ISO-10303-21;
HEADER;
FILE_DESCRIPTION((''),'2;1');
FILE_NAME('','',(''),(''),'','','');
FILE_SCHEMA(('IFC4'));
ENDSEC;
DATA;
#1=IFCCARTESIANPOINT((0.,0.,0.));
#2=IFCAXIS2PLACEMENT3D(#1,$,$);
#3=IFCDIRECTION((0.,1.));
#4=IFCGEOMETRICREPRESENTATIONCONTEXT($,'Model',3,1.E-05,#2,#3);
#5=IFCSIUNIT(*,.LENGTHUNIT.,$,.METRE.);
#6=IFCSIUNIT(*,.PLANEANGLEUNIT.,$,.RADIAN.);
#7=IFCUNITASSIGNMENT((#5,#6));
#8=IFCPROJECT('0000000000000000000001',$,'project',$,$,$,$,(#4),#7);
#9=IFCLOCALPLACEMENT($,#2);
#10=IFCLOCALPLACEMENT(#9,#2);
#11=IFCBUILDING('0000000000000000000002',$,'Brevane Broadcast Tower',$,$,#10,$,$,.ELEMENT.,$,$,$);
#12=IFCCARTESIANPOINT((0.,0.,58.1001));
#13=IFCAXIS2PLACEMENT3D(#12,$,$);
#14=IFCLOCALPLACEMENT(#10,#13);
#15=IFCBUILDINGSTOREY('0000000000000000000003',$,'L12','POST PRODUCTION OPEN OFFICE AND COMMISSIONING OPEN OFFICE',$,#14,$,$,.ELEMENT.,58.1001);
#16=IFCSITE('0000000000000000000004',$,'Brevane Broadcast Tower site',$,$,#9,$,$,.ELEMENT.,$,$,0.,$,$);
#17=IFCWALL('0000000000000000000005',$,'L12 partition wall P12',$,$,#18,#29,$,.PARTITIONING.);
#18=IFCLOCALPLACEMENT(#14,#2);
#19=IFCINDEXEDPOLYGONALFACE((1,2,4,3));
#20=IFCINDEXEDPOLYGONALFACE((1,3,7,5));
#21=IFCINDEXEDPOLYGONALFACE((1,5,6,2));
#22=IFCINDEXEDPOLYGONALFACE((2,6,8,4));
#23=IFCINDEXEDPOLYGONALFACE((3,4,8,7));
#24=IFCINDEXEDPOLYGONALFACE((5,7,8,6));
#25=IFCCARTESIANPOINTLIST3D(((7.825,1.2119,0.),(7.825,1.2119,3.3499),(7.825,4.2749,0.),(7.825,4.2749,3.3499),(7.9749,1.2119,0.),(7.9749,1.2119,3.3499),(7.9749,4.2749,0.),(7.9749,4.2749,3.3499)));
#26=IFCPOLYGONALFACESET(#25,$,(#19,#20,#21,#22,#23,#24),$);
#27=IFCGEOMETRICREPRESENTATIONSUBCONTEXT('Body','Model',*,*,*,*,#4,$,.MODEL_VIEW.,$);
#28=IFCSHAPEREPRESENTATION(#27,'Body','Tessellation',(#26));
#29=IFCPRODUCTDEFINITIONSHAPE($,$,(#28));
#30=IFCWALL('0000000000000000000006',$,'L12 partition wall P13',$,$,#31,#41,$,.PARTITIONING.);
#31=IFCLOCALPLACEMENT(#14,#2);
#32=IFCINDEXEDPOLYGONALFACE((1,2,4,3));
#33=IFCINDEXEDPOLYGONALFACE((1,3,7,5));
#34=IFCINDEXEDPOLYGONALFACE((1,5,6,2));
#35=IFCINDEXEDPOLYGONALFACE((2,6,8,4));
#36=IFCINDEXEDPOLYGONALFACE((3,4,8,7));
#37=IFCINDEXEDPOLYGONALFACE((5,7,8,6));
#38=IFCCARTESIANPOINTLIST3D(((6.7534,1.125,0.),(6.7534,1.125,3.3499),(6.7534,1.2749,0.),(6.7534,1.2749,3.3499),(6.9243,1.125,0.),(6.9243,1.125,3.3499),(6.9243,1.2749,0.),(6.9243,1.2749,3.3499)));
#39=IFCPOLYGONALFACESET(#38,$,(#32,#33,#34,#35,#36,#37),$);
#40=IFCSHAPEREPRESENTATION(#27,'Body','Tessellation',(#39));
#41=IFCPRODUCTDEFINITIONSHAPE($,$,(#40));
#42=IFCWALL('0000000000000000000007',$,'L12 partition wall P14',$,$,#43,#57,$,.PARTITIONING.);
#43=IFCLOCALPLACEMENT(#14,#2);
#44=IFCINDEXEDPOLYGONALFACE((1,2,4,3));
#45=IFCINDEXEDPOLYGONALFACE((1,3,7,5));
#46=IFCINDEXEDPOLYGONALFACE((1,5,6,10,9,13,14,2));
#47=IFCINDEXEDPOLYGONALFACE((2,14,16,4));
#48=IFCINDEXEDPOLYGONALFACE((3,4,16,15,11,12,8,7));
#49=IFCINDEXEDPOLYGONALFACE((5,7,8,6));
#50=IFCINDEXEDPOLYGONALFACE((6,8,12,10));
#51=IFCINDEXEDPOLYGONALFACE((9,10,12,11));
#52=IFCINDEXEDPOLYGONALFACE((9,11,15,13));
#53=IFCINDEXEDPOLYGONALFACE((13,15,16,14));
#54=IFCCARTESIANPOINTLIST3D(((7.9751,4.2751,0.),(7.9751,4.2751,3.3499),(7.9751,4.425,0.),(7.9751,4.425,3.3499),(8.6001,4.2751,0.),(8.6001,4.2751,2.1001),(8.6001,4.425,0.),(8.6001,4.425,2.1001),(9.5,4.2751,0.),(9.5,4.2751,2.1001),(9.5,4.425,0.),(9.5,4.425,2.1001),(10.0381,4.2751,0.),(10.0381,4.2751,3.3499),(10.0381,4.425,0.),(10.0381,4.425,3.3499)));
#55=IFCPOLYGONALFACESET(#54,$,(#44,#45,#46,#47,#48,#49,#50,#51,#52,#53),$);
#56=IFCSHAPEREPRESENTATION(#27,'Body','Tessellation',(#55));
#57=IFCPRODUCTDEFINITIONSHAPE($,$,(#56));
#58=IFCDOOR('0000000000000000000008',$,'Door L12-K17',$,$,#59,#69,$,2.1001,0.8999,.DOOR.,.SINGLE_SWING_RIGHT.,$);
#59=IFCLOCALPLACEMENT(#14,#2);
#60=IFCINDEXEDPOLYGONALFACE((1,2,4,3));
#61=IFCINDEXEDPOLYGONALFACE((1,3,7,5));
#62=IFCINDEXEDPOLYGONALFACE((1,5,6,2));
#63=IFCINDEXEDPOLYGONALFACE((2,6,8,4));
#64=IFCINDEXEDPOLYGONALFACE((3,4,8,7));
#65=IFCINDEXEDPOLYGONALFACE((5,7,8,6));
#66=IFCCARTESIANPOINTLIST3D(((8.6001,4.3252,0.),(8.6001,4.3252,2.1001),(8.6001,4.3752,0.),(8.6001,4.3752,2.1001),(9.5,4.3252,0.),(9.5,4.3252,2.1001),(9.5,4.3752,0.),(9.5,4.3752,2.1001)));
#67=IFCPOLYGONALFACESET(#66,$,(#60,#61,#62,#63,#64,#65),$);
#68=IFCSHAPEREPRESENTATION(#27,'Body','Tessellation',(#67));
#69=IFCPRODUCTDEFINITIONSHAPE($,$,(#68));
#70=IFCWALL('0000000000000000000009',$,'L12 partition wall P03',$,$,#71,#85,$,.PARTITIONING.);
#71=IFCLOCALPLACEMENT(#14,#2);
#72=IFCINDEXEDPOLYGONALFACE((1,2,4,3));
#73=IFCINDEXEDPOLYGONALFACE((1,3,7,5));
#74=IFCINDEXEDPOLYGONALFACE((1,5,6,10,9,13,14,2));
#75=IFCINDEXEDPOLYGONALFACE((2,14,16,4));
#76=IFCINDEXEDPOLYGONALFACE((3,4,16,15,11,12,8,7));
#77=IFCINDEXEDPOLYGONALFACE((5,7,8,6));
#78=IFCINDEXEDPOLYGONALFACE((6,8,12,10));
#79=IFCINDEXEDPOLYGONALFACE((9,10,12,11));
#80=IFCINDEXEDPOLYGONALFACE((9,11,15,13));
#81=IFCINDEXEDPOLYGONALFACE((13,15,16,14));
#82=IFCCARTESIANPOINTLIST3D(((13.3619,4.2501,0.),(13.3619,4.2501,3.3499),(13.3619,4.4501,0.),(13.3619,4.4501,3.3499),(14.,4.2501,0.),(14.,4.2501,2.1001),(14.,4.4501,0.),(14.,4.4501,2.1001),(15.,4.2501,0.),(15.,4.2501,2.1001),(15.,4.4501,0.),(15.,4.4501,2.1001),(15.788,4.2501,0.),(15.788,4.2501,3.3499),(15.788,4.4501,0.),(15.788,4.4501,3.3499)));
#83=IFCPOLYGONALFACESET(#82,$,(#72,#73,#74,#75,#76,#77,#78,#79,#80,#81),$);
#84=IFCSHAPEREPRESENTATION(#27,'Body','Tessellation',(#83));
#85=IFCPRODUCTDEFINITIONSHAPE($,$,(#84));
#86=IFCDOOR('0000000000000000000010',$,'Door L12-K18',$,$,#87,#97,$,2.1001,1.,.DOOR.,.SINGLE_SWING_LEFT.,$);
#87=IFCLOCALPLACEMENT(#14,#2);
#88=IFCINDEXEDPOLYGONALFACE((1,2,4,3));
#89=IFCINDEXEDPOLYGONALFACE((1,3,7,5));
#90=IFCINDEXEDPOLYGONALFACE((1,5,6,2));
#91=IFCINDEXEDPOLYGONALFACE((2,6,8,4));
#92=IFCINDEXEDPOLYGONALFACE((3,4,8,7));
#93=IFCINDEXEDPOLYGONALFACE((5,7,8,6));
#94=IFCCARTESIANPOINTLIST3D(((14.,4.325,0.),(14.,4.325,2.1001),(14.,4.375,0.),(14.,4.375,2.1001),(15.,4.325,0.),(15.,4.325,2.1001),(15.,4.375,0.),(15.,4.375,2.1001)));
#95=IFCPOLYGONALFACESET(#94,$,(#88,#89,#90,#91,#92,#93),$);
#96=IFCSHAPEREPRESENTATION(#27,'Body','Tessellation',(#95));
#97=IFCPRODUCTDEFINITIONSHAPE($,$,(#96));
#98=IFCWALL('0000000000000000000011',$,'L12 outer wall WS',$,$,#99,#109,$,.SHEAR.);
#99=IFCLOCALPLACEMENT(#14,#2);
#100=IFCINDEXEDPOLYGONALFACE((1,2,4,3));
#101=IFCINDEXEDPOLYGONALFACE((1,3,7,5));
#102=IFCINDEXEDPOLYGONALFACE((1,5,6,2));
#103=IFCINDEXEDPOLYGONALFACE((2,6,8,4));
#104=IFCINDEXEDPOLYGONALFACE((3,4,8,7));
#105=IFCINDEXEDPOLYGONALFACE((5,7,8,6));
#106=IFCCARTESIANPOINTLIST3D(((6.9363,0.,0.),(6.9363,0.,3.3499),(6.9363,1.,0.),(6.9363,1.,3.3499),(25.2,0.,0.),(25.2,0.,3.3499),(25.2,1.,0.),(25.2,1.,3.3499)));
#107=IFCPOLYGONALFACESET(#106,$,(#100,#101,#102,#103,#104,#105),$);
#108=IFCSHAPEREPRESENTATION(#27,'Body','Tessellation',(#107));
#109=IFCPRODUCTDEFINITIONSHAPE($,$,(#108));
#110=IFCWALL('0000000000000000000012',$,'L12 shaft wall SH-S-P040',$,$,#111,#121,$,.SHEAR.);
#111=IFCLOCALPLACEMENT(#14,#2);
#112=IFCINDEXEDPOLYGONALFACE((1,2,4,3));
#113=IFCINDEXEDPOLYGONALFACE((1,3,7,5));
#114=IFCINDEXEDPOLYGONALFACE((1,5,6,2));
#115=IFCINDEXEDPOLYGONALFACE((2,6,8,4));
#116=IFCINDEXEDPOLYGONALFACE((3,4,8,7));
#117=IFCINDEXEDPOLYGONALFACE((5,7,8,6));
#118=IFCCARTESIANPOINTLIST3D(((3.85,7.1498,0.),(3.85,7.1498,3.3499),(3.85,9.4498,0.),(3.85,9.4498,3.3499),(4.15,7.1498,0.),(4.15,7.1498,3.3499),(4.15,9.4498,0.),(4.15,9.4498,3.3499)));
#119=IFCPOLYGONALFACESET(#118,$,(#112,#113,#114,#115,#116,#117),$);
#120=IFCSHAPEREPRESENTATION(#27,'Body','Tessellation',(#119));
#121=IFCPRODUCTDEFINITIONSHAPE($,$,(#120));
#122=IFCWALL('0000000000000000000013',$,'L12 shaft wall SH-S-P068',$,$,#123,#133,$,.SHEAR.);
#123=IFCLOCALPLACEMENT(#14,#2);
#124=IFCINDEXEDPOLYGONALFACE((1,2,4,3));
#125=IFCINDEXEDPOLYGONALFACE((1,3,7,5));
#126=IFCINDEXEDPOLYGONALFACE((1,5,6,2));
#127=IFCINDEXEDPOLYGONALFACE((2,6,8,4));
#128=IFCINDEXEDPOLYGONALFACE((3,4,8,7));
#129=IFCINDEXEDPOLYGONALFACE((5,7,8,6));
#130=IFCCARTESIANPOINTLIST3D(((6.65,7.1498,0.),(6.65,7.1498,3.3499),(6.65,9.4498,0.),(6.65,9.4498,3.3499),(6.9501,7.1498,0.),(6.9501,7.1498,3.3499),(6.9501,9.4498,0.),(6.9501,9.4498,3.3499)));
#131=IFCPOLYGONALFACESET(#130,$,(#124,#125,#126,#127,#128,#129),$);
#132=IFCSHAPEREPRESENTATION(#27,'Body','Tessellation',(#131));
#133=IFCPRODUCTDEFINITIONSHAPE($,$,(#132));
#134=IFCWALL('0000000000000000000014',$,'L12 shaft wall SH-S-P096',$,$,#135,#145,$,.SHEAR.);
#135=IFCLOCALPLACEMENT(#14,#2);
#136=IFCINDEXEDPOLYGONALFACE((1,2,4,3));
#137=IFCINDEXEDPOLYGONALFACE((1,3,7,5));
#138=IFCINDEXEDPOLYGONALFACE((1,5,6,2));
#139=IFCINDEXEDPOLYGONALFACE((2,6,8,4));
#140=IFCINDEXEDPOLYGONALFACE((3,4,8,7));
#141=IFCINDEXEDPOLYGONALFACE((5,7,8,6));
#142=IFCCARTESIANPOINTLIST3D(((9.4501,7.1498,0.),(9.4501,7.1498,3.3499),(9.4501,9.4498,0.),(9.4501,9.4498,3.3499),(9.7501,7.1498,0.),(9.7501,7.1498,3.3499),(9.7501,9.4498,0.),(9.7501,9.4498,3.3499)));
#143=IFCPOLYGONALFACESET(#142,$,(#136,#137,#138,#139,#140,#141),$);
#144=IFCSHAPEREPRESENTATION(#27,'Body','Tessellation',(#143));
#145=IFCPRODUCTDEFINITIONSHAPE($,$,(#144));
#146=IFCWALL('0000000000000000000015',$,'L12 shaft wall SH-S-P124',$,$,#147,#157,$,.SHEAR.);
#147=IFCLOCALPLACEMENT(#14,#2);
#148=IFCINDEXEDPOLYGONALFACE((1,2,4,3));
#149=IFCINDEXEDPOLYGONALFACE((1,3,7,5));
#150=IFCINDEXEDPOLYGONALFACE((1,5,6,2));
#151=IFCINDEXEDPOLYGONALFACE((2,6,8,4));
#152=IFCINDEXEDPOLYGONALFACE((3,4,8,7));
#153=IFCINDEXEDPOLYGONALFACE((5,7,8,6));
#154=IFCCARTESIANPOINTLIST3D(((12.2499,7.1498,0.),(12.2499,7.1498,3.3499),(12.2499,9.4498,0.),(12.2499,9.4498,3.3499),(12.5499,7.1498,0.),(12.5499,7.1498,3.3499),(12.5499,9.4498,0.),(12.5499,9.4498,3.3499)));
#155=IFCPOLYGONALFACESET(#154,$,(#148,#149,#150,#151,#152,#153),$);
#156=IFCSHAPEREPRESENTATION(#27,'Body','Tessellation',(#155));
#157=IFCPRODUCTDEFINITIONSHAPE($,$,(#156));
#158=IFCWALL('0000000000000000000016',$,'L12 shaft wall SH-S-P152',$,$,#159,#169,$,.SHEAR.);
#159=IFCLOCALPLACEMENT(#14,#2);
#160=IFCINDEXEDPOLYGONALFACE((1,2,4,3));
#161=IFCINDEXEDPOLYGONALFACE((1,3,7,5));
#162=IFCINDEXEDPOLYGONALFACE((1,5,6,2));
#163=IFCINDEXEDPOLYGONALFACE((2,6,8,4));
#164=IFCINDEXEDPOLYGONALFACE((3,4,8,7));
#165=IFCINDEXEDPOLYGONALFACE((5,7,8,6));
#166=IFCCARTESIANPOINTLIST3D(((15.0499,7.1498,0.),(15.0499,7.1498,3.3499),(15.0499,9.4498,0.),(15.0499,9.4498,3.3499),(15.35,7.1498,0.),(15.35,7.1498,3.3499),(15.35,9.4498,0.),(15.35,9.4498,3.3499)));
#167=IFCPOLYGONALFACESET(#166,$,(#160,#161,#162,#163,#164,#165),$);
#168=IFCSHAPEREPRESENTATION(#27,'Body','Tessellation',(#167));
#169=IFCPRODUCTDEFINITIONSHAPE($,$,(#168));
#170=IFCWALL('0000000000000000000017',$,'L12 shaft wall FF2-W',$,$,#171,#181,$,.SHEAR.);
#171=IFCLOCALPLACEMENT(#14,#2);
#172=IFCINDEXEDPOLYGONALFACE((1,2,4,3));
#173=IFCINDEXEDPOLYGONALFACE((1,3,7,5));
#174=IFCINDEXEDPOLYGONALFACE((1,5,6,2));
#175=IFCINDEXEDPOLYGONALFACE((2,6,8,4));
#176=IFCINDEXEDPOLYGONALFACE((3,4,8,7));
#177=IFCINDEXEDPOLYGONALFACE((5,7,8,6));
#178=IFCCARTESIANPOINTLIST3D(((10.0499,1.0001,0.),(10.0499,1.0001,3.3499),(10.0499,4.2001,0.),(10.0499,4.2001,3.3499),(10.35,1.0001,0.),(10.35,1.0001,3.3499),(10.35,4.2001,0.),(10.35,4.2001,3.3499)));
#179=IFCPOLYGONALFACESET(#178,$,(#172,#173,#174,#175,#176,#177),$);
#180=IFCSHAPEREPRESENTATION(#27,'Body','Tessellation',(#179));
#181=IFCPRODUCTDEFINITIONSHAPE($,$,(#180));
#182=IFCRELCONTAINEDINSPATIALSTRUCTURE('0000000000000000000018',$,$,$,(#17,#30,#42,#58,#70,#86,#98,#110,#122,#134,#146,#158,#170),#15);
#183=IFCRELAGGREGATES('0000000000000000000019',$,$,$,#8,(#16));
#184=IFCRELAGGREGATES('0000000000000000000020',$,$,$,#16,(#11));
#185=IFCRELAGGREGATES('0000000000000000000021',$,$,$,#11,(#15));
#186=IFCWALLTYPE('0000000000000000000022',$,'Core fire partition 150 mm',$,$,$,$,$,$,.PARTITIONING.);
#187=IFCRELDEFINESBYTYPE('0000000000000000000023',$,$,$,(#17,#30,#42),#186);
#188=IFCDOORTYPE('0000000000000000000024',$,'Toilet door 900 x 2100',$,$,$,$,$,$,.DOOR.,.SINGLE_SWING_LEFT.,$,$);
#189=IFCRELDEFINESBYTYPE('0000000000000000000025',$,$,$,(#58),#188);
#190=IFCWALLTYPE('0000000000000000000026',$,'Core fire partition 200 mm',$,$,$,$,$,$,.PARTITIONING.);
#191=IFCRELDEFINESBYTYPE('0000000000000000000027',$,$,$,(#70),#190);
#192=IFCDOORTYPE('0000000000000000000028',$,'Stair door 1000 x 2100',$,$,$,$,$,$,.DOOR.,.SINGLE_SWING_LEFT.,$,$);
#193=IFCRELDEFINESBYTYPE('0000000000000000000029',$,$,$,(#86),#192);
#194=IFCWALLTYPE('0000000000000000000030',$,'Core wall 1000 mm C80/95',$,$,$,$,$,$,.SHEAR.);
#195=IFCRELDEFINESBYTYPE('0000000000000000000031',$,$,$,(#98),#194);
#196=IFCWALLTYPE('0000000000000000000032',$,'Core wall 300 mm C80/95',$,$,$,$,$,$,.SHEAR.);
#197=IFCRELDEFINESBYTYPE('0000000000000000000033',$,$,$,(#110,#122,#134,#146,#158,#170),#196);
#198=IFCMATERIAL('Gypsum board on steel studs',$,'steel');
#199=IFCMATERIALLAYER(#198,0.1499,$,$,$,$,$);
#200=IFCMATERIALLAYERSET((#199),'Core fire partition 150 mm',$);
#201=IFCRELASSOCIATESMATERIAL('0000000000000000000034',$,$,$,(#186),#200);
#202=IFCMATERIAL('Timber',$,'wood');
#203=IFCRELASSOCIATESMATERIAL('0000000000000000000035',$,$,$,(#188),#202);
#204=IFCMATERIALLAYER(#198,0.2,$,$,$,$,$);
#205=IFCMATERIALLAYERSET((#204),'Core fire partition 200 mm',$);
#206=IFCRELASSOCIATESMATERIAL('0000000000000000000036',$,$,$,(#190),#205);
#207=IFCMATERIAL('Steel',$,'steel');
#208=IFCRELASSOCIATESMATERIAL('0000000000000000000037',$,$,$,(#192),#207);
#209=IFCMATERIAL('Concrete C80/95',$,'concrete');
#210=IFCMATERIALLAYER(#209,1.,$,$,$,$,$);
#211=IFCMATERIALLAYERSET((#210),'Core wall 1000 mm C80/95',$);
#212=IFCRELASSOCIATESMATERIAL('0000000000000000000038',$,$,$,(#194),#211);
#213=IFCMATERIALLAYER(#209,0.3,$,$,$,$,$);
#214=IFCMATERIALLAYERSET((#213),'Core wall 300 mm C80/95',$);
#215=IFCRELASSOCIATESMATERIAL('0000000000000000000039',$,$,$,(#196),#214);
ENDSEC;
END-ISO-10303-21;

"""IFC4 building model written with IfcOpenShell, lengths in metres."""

from ifc_helpers import new_model, si_unit, direction, frame, frame_2d, origin, place, context, subcontext, project, spatial, rectangle, extrude, material, layer, layer_set, type_object, element, fill, save


model = new_model("IFC4")

# Units and contexts
model_context = context("Model", 3, precision=1e-05, world=origin(), true_north=direction((0.0, 1.0)))
body_context = subcontext(model_context, "Body", "Model", "MODEL_VIEW")
ifc_project = project(units=[si_unit("LENGTHUNIT", "METRE"), si_unit("PLANEANGLEUNIT", "RADIAN")], contexts=[model_context])

# Site, building, storey
site_placement = place(None, origin())
site = spatial("IfcSite", under=ifc_project, at=site_placement, Name="Brevane Broadcast Tower site", CompositionType="ELEMENT", RefElevation=0.0)
building_placement = place(site_placement, origin())
building = spatial("IfcBuilding", under=site, at=building_placement, Name="Brevane Broadcast Tower", CompositionType="ELEMENT")
storey_placement = place(building_placement, frame((0.0, 0.0, 58.1001)))
storey = spatial("IfcBuildingStorey", under=building, at=storey_placement, Name="L12", Description="POST PRODUCTION OPEN OFFICE AND COMMISSIONING OPEN OFFICE", CompositionType="ELEMENT", Elevation=58.1001)

# Shared definitions
ifc_material_1 = material(Name="Gypsum board on steel studs", Category="steel")
ifc_layer_1 = layer(ifc_material_1, 0.1499)
ifc_layer_set_1 = layer_set([ifc_layer_1], Name="Core fire partition 150 mm")
wall_type_1 = type_object("IfcWallType", Name="Core fire partition 150 mm", PredefinedType="PARTITIONING", material=ifc_layer_set_1)

# Shared definitions
ifc_material_2 = material(Name="Timber", Category="wood")
door_type_1 = type_object("IfcDoorType", Name="Toilet door 900 x 2100", OperationType="SINGLE_SWING_LEFT", PredefinedType="DOOR", material=ifc_material_2)

# Walls
wall_1_placement = place(storey_placement, frame((7.8999, 4.2749, 0.0), z_axis=(0.0, 0.0, 1.0), x_axis=(0.0, -1.0, 0.0)))
element("IfcWall", 1, at=wall_1_placement, inside=storey, type_object=wall_type_1, Name="L12 partition wall P12", PredefinedType="PARTITIONING", context=body_context, shape_type="SweptSolid", body=[
    extrude(rectangle(XDim=3.063, YDim=0.1499, at=frame_2d((1.5315, 0.0))), origin(), (0.0, 0.0, 1.0), 3.3499),
])
wall_2_placement = place(storey_placement, frame((6.9243, 1.2, 0.0), z_axis=(0.0, 0.0, 1.0), x_axis=(-1.0, 0.0, 0.0)))
element("IfcWall", 2, at=wall_2_placement, inside=storey, type_object=wall_type_1, Name="L12 partition wall P13", PredefinedType="PARTITIONING", context=body_context, shape_type="SweptSolid", body=[
    extrude(rectangle(XDim=0.1709, YDim=0.1499, at=frame_2d((0.0854, 0.0))), origin(), (0.0, 0.0, 1.0), 3.3499),
])

# Walls, openings, doors
wall_3_placement = place(storey_placement, frame((10.0381, 4.3501, 0.0), z_axis=(0.0, 0.0, 1.0), x_axis=(-1.0, 0.0, 0.0)))
wall_3 = element("IfcWall", 3, at=wall_3_placement, inside=storey, type_object=wall_type_1, Name="L12 partition wall P14", PredefinedType="PARTITIONING", context=body_context, shape_type="SweptSolid", body=[
    extrude(rectangle(XDim=2.063, YDim=0.1499, at=frame_2d((1.0315, 0.0))), origin(), (0.0, 0.0, 1.0), 3.3499),
])
opening_1_placement = place(wall_3_placement, frame((0.5381, 0.0, 0.0)))
opening_1 = element("IfcOpeningElement", 4, at=opening_1_placement, cuts=wall_3, PredefinedType="OPENING", context=body_context, shape_type="SweptSolid", body=[
    extrude(rectangle(XDim=0.8999, YDim=2.1001, at=frame_2d((0.45, 1.05))), frame((0.0, 0.085, 0.0), z_axis=(0.0, -1.0, 0.0), x_axis=(1.0, 0.0, 0.0)), (0.0, 0.0, 1.0), 0.1699),
])
door_1_placement = place(opening_1_placement, origin())
door_1 = element("IfcDoor", 5, at=door_1_placement, inside=storey, type_object=door_type_1, Name="Door L12-K17", OperationType="SINGLE_SWING_RIGHT", OverallHeight=2.1001, OverallWidth=0.8999, PredefinedType="DOOR", context=body_context, shape_type="SweptSolid", body=[
    extrude(rectangle(XDim=0.8999, YDim=2.1001, at=frame_2d((0.45, 1.05))), frame((0.0, 0.0249, 0.0), z_axis=(0.0, -1.0, 0.0), x_axis=(1.0, 0.0, 0.0)), (0.0, 0.0, 1.0), 0.05),
])
fill(opening_1, door_1)
ifc_layer_2 = layer(ifc_material_1, 0.2)
ifc_layer_set_2 = layer_set([ifc_layer_2], Name="Core fire partition 200 mm")
wall_type_2 = type_object("IfcWallType", Name="Core fire partition 200 mm", PredefinedType="PARTITIONING", material=ifc_layer_set_2)
wall_4_placement = place(storey_placement, frame((13.3621, 4.3501, 0.0), z_axis=(0.0, 0.0, 1.0), x_axis=(1.0, 0.0, 0.0)))
wall_4 = element("IfcWall", 6, at=wall_4_placement, inside=storey, type_object=wall_type_2, Name="L12 partition wall P03", PredefinedType="PARTITIONING", context=body_context, shape_type="SweptSolid", body=[
    extrude(rectangle(XDim=2.426, YDim=0.2, at=frame_2d((1.2129, 0.0))), origin(), (0.0, 0.0, 1.0), 3.3499),
])
opening_2_placement = place(wall_4_placement, frame((0.6379, 0.0, 0.0)))
opening_2 = element("IfcOpeningElement", 7, at=opening_2_placement, cuts=wall_4, PredefinedType="OPENING", context=body_context, shape_type="SweptSolid", body=[
    extrude(rectangle(XDim=1.0, YDim=2.1001, at=frame_2d((0.5, 1.05))), frame((0.0, 0.1099, 0.0), z_axis=(0.0, -1.0, 0.0), x_axis=(1.0, 0.0, 0.0)), (0.0, 0.0, 1.0), 0.22),
])
ifc_material_3 = material(Name="Steel", Category="steel")
door_type_2 = type_object("IfcDoorType", Name="Stair door 1000 x 2100", OperationType="SINGLE_SWING_LEFT", PredefinedType="DOOR", material=ifc_material_3)
door_2_placement = place(opening_2_placement, origin())
door_2 = element("IfcDoor", 8, at=door_2_placement, inside=storey, type_object=door_type_2, Name="Door L12-K18", OperationType="SINGLE_SWING_LEFT", OverallHeight=2.1001, OverallWidth=1.0, PredefinedType="DOOR", context=body_context, shape_type="SweptSolid", body=[
    extrude(rectangle(XDim=1.0, YDim=2.1001, at=frame_2d((0.5, 1.05))), frame((0.0, 0.0249, 0.0), z_axis=(0.0, -1.0, 0.0), x_axis=(1.0, 0.0, 0.0)), (0.0, 0.0, 1.0), 0.05),
])
fill(opening_2, door_2)

# Walls
ifc_material_4 = material(Name="Concrete C80/95", Category="concrete")
ifc_layer_3 = layer(ifc_material_4, 1.0)
ifc_layer_set_3 = layer_set([ifc_layer_3], Name="Core wall 1000 mm C80/95")
wall_type_3 = type_object("IfcWallType", Name="Core wall 1000 mm C80/95", PredefinedType="SHEAR", material=ifc_layer_set_3)
wall_5_placement = place(storey_placement, frame((6.9363, 0.5, 0.0), z_axis=(0.0, 0.0, 1.0), x_axis=(1.0, 0.0, 0.0)))
element("IfcWall", 9, at=wall_5_placement, inside=storey, type_object=wall_type_3, Name="L12 outer wall WS", PredefinedType="SHEAR", context=body_context, shape_type="SweptSolid", body=[
    extrude(rectangle(XDim=18.2637, YDim=1.0, at=frame_2d((9.1318, 0.0))), origin(), (0.0, 0.0, 1.0), 3.3499),
])
ifc_layer_4 = layer(ifc_material_4, 0.3)
ifc_layer_set_4 = layer_set([ifc_layer_4], Name="Core wall 300 mm C80/95")
wall_type_4 = type_object("IfcWallType", Name="Core wall 300 mm C80/95", PredefinedType="SHEAR", material=ifc_layer_set_4)
for number, where, z_axis, x_axis, name in (
    (10, (4.0, 7.1499, 0.0), (0.0, 0.0, 1.0), (0.0, 1.0, 0.0), "L12 shaft wall SH-S-P040"),
    (11, (6.8, 7.1499, 0.0), (0.0, 0.0, 1.0), (0.0, 1.0, 0.0), "L12 shaft wall SH-S-P068"),
    (12, (9.6001, 7.1499, 0.0), (0.0, 0.0, 1.0), (0.0, 1.0, 0.0), "L12 shaft wall SH-S-P096"),
    (13, (12.3999, 7.1499, 0.0), (0.0, 0.0, 1.0), (0.0, 1.0, 0.0), "L12 shaft wall SH-S-P124"),
    (14, (15.2, 7.1499, 0.0), (0.0, 0.0, 1.0), (0.0, 1.0, 0.0), "L12 shaft wall SH-S-P152"),
):
    element("IfcWall", number, at=place(storey_placement, frame(where, z_axis=z_axis, x_axis=x_axis)), inside=storey, type_object=wall_type_4, Name=name, PredefinedType="SHEAR", context=body_context, shape_type="SweptSolid", body=[
        extrude(rectangle(XDim=2.3, YDim=0.3, at=frame_2d((1.1499, 0.0))), origin(), (0.0, 0.0, 1.0), 3.3499),
    ])
wall_6_placement = place(storey_placement, frame((10.2, 1.0, 0.0), z_axis=(0.0, 0.0, 1.0), x_axis=(0.0, 1.0, 0.0)))
element("IfcWall", 15, at=wall_6_placement, inside=storey, type_object=wall_type_4, Name="L12 shaft wall FF2-W", PredefinedType="SHEAR", context=body_context, shape_type="SweptSolid", body=[
    extrude(rectangle(XDim=3.2, YDim=0.3, at=frame_2d((1.6001, 0.0))), origin(), (0.0, 0.0, 1.0), 3.3499),
])

save(model, "model.ifc")
